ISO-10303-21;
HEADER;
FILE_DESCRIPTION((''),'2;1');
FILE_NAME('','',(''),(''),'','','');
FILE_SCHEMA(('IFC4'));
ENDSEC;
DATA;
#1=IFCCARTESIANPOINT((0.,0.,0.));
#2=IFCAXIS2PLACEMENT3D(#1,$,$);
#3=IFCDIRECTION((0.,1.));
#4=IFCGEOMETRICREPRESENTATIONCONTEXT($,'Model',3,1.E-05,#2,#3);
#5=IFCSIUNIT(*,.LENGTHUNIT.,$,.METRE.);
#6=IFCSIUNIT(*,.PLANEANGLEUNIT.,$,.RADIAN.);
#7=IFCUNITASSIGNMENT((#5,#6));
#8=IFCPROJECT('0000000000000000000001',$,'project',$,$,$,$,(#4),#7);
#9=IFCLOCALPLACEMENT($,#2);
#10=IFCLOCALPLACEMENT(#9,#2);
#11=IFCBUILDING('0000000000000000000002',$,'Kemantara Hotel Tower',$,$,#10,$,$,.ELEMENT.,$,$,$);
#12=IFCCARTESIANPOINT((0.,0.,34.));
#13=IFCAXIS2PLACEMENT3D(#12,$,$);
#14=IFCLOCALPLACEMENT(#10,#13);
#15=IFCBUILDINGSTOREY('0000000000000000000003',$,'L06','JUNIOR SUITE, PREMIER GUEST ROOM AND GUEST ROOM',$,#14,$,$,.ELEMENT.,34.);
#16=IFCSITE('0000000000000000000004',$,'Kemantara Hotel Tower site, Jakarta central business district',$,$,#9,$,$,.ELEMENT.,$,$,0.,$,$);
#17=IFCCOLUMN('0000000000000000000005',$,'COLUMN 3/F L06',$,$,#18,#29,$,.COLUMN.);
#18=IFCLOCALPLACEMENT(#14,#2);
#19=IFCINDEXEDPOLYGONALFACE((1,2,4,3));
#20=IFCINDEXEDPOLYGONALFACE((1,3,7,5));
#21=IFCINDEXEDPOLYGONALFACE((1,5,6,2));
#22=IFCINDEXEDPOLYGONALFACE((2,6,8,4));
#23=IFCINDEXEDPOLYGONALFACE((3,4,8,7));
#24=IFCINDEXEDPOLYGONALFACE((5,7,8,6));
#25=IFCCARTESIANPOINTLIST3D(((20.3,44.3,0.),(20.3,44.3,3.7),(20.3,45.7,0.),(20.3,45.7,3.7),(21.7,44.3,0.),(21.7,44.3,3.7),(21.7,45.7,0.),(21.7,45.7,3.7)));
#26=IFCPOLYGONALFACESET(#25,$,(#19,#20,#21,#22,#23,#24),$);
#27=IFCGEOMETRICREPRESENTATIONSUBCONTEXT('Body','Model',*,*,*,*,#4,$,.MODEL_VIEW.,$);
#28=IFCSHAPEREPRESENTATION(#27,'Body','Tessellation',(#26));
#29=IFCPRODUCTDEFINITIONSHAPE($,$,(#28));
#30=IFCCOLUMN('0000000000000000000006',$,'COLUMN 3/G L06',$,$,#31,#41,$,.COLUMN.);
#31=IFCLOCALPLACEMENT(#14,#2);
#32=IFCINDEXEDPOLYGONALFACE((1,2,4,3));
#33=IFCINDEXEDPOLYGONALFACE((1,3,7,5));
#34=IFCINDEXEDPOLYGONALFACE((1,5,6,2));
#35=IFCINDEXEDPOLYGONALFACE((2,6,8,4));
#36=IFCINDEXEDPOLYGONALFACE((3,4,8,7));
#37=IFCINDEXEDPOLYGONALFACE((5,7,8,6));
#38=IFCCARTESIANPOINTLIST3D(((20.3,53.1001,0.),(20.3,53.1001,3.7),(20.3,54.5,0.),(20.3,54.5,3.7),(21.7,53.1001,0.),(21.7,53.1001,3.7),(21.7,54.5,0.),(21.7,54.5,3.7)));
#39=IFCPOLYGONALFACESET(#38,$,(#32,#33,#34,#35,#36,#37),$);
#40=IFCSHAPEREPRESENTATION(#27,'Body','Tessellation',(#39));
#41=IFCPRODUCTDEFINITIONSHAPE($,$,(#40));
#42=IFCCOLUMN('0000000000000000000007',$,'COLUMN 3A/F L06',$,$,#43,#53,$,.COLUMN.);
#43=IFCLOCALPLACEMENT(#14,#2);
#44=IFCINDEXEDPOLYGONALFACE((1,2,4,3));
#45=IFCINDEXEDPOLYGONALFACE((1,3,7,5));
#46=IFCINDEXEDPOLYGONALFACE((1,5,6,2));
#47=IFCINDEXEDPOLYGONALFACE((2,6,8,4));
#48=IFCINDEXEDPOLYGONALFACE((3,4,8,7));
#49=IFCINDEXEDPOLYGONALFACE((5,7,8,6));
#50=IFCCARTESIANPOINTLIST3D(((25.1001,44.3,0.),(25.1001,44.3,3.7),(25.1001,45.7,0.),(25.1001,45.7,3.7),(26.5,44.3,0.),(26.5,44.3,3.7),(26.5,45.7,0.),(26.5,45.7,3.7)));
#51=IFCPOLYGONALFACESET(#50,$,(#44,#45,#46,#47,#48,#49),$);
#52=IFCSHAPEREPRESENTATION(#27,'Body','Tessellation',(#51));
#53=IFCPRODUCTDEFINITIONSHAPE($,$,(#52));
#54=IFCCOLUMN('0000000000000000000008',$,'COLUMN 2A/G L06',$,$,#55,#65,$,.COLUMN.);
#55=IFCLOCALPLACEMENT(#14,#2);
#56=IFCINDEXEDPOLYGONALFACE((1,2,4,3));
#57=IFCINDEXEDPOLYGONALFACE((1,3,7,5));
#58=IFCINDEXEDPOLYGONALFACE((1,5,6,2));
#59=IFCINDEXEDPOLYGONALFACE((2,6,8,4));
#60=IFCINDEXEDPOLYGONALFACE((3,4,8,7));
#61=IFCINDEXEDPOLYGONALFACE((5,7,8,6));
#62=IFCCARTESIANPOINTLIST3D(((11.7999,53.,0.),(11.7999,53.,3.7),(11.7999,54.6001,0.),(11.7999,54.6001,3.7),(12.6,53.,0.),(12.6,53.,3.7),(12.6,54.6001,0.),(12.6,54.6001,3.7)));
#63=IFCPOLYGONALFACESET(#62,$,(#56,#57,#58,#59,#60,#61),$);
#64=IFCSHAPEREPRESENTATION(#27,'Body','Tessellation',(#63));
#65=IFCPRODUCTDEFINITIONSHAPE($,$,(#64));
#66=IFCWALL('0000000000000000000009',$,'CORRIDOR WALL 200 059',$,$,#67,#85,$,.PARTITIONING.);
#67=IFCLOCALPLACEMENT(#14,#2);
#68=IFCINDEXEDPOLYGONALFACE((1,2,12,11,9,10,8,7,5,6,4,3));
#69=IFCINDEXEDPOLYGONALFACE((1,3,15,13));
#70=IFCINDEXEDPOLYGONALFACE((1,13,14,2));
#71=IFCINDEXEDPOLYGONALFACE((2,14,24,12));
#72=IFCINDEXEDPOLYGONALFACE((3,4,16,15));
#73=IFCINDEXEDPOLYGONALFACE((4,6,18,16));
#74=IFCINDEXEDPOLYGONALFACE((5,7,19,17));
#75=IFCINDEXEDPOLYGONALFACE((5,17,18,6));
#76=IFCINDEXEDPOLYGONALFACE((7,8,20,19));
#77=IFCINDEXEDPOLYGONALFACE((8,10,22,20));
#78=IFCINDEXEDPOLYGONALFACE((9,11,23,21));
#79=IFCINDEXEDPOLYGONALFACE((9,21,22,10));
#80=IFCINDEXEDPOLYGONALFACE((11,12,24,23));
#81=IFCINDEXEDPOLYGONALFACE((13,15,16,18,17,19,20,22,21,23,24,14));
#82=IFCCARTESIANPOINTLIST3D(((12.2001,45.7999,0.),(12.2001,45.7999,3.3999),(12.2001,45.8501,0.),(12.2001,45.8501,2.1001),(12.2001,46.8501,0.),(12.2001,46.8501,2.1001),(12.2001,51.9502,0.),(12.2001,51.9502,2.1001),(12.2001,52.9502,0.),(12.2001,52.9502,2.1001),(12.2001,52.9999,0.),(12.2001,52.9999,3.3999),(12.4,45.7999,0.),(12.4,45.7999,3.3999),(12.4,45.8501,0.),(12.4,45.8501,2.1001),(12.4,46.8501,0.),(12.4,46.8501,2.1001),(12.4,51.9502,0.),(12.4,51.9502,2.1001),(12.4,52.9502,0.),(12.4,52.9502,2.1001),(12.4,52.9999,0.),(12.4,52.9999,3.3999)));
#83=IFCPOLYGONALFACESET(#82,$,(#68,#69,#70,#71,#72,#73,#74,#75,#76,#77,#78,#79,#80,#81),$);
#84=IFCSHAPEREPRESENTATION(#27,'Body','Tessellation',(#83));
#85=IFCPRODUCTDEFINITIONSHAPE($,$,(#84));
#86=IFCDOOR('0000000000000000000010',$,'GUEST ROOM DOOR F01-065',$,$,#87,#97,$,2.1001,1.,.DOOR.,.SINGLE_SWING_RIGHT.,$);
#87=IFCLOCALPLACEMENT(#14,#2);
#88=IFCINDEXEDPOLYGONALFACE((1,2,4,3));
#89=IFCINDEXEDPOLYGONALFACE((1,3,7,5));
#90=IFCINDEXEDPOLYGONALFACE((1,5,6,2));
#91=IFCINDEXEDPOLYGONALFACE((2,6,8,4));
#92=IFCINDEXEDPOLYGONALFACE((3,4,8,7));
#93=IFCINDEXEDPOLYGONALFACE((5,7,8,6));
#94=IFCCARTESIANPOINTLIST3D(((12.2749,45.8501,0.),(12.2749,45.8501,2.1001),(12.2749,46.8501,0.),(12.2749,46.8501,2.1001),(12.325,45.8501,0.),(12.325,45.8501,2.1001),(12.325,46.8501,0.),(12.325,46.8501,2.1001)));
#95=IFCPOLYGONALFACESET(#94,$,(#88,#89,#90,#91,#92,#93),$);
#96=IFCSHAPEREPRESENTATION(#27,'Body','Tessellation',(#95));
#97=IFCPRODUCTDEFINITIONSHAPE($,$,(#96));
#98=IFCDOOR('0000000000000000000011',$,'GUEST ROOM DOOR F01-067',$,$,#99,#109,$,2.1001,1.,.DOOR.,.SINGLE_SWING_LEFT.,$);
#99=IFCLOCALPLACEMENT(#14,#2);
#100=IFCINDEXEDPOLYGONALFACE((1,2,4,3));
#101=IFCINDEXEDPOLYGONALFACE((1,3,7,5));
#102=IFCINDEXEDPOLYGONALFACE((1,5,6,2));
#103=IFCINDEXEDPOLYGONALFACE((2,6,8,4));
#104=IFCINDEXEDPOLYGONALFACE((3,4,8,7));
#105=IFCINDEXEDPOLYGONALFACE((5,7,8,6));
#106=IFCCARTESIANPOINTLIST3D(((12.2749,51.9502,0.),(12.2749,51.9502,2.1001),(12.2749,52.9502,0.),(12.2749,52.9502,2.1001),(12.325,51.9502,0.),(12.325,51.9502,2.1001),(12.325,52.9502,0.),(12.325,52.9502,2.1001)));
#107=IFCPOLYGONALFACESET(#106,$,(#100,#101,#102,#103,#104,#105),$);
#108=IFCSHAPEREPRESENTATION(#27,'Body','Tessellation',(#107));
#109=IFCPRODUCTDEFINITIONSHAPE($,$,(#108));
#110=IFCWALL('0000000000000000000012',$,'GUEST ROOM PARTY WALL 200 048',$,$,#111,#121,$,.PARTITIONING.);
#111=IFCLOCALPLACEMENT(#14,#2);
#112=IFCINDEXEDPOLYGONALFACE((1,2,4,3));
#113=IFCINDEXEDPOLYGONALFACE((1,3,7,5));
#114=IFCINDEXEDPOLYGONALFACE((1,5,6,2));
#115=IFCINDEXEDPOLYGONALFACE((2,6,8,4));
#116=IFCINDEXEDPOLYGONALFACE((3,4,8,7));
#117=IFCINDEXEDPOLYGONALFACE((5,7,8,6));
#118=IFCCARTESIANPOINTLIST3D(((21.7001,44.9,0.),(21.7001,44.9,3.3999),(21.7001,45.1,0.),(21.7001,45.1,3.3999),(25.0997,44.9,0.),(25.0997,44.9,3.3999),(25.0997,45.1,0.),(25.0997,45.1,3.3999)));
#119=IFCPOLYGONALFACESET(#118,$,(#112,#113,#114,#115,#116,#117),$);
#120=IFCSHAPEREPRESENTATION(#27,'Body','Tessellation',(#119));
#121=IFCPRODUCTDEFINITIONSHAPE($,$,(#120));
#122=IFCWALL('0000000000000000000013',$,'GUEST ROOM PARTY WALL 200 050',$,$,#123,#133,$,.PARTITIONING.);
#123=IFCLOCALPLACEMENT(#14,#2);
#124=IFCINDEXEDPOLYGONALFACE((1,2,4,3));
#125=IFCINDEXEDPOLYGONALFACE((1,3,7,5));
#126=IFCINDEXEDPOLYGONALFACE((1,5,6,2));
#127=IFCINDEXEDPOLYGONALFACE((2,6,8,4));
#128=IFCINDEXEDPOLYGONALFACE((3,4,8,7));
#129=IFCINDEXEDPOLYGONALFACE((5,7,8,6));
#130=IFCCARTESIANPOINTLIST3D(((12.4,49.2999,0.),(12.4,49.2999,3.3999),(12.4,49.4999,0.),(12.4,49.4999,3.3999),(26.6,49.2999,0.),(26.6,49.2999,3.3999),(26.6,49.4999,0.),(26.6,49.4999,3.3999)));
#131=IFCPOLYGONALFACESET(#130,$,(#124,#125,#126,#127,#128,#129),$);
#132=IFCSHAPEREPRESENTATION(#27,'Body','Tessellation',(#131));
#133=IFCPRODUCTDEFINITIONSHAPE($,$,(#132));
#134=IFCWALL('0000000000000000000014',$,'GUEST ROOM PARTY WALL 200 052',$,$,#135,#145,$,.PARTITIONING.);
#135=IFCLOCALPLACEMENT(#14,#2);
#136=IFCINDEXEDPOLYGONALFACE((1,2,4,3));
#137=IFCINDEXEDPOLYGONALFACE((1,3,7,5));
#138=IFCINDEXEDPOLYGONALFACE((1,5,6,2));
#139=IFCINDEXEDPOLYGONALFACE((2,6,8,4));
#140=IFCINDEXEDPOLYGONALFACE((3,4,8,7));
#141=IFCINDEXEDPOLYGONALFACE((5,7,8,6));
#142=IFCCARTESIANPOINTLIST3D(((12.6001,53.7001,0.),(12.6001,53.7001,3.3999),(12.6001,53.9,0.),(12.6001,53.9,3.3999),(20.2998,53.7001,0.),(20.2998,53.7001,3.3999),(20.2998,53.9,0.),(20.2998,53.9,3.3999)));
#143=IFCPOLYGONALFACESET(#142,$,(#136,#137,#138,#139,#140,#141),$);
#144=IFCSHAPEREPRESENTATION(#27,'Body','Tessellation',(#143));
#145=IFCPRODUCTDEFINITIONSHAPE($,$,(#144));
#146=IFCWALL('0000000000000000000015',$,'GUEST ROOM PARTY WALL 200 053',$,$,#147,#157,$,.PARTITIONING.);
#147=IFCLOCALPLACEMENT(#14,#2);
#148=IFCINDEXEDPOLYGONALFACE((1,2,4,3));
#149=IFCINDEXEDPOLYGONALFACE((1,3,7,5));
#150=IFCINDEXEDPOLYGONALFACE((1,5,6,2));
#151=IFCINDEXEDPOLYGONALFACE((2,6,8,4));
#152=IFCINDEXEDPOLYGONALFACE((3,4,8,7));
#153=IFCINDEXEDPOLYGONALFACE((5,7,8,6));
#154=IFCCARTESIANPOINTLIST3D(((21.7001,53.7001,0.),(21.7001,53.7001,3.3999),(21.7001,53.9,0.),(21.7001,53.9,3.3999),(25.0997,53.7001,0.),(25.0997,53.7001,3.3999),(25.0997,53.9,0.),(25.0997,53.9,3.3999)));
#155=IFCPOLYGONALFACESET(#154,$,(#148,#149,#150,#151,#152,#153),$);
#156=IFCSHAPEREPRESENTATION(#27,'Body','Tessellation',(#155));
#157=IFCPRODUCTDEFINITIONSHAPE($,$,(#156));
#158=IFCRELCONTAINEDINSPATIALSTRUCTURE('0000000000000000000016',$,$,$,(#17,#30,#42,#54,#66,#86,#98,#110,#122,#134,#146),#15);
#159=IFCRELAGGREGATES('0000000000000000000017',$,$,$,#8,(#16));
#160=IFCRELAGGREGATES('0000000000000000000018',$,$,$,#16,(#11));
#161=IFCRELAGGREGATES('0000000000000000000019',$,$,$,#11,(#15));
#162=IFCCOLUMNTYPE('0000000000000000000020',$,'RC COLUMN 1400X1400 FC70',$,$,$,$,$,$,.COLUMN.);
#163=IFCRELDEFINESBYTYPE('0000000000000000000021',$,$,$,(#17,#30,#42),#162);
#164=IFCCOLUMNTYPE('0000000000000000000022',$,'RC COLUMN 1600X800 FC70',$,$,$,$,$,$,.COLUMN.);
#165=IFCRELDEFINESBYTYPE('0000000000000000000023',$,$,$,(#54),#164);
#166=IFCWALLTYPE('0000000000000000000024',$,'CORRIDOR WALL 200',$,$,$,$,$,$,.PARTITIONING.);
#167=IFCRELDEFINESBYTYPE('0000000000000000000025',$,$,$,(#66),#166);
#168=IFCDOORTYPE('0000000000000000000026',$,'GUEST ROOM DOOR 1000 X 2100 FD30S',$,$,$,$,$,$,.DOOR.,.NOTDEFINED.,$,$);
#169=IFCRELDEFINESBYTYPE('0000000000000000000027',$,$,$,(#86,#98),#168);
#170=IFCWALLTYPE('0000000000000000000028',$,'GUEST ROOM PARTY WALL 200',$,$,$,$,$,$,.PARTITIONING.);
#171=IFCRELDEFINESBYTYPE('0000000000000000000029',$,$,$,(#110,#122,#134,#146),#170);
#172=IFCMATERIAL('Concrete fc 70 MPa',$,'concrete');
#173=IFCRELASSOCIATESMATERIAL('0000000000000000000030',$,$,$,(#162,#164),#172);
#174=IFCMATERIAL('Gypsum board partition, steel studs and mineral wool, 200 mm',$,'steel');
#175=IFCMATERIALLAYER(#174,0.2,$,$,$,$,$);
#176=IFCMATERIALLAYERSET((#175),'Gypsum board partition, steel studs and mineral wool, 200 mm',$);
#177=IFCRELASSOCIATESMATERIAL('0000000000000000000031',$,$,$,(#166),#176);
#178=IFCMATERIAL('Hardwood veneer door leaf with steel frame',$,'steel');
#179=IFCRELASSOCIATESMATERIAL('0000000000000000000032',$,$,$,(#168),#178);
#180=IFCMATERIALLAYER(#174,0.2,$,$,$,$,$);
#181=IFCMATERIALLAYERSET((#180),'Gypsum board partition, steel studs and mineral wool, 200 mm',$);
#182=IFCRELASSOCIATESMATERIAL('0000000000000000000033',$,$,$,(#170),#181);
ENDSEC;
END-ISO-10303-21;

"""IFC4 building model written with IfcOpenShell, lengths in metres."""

from ifc_helpers import new_model, si_unit, direction, frame, frame_2d, origin, origin_2d, place, context, subcontext, project, spatial, rectangle, extrude, material, layer, layer_set, material_profile, profile_set, type_object, element, fill, save


model = new_model("IFC4")

# Units and contexts
model_context = context("Model", 3, precision=1e-05, world=origin(), true_north=direction((0.0, 1.0)))
body_context = subcontext(model_context, "Body", "Model", "MODEL_VIEW")
ifc_project = project(units=[si_unit("LENGTHUNIT", "METRE"), si_unit("PLANEANGLEUNIT", "RADIAN")], contexts=[model_context])

# Site, building, storey
site_placement = place(None, origin())
site = spatial("IfcSite", under=ifc_project, at=site_placement, Name="Kemantara Hotel Tower site, Jakarta central business district", CompositionType="ELEMENT", RefElevation=0.0)
building_placement = place(site_placement, origin())
building = spatial("IfcBuilding", under=site, at=building_placement, Name="Kemantara Hotel Tower", CompositionType="ELEMENT")
storey_placement = place(building_placement, frame((0.0, 0.0, 34.0)))
storey = spatial("IfcBuildingStorey", under=building, at=storey_placement, Name="L06", Description="JUNIOR SUITE, PREMIER GUEST ROOM AND GUEST ROOM", CompositionType="ELEMENT", Elevation=34.0)

# Columns
ifc_material_1 = material(Name="Concrete fc 70 MPa", Category="concrete")
ifc_material_profile_1 = material_profile(ifc_material_1, rectangle(XDim=1.3999, YDim=1.3999, at=origin_2d()), Name="RC 1400X1400")
ifc_profile_set_1 = profile_set([ifc_material_profile_1], Name="Concrete fc 70 MPa")
column_type_1 = type_object("IfcColumnType", Name="RC COLUMN 1400X1400 FC70", PredefinedType="COLUMN", material=ifc_profile_set_1)
for number, where, z_axis, x_axis, name in (
    (1, (21.0, 45.0, 0.0), (0.0, 0.0, 1.0), (1.0, 0.0, 0.0), "COLUMN 3/F L06"),
    (2, (21.0, 53.8, 0.0), (0.0, 0.0, 1.0), (1.0, 0.0, 0.0), "COLUMN 3/G L06"),
    (3, (25.8, 45.0, 0.0), (0.0, 0.0, 1.0), (1.0, 0.0, 0.0), "COLUMN 3A/F L06"),
):
    element("IfcColumn", number, at=place(storey_placement, frame(where, z_axis=z_axis, x_axis=x_axis)), inside=storey, type_object=column_type_1, Name=name, PredefinedType="COLUMN", context=body_context, shape_type="SweptSolid", body=[
        extrude(rectangle(XDim=1.3999, YDim=1.3999, at=origin_2d()), origin(), (0.0, 0.0, 1.0), 3.7),
    ])
ifc_material_profile_2 = material_profile(ifc_material_1, rectangle(XDim=1.6001, YDim=0.8, at=origin_2d()), Name="RC 1600X800")
ifc_profile_set_2 = profile_set([ifc_material_profile_2], Name="Concrete fc 70 MPa")
column_type_2 = type_object("IfcColumnType", Name="RC COLUMN 1600X800 FC70", PredefinedType="COLUMN", material=ifc_profile_set_2)
column_placement = place(storey_placement, frame((12.2, 53.8, 0.0), z_axis=(0.0, 0.0, 1.0), x_axis=(0.0, 1.0, 0.0)))
element("IfcColumn", 4, at=column_placement, inside=storey, type_object=column_type_2, Name="COLUMN 2A/G L06", PredefinedType="COLUMN", context=body_context, shape_type="SweptSolid", body=[
    extrude(rectangle(XDim=1.6001, YDim=0.8, at=origin_2d()), origin(), (0.0, 0.0, 1.0), 3.7),
])

# Wall, openings, doors
ifc_material_2 = material(Name="Gypsum board partition, steel studs and mineral wool, 200 mm", Category="steel")
ifc_layer_1 = layer(ifc_material_2, 0.2)
ifc_layer_set_1 = layer_set([ifc_layer_1], Name="Gypsum board partition, steel studs and mineral wool, 200 mm")
wall_type_1 = type_object("IfcWallType", Name="CORRIDOR WALL 200", PredefinedType="PARTITIONING", material=ifc_layer_set_1)
wall_1_placement = place(storey_placement, frame((12.3, 53.0, 0.0), z_axis=(0.0, 0.0, 1.0), x_axis=(0.0, -1.0, 0.0)))
wall_1 = element("IfcWall", 5, at=wall_1_placement, inside=storey, type_object=wall_type_1, Name="CORRIDOR WALL 200 059", PredefinedType="PARTITIONING", context=body_context, shape_type="SweptSolid", body=[
    extrude(rectangle(XDim=7.2, YDim=0.2, at=frame_2d((3.6001, 0.0))), origin(), (0.0, 0.0, 1.0), 3.3999),
])
opening_1_placement = place(wall_1_placement, frame((6.1499, 0.0, 0.0)))
opening_1 = element("IfcOpeningElement", 6, at=opening_1_placement, cuts=wall_1, PredefinedType="OPENING", context=body_context, shape_type="SweptSolid", body=[
    extrude(rectangle(XDim=1.0, YDim=2.1001, at=frame_2d((0.5, 1.05))), frame((0.0, 0.1099, 0.0), z_axis=(0.0, -1.0, 0.0), x_axis=(1.0, 0.0, 0.0)), (0.0, 0.0, 1.0), 0.22),
])
opening_2_placement = place(wall_1_placement, frame((0.0498, 0.0, 0.0)))
opening_2 = element("IfcOpeningElement", 7, at=opening_2_placement, cuts=wall_1, PredefinedType="OPENING", context=body_context, shape_type="SweptSolid", body=[
    extrude(rectangle(XDim=1.0, YDim=2.1001, at=frame_2d((0.5, 1.05))), frame((0.0, 0.1099, 0.0), z_axis=(0.0, -1.0, 0.0), x_axis=(1.0, 0.0, 0.0)), (0.0, 0.0, 1.0), 0.22),
])
ifc_material_3 = material(Name="Hardwood veneer door leaf with steel frame", Category="steel")
door_type_1 = type_object("IfcDoorType", Name="GUEST ROOM DOOR 1000 X 2100 FD30S", OperationType="NOTDEFINED", PredefinedType="DOOR", material=ifc_material_3)
door_1_placement = place(opening_1_placement, origin())
door_1 = element("IfcDoor", 8, at=door_1_placement, inside=storey, type_object=door_type_1, Name="GUEST ROOM DOOR F01-065", OperationType="SINGLE_SWING_RIGHT", OverallHeight=2.1001, OverallWidth=1.0, PredefinedType="DOOR", context=body_context, shape_type="SweptSolid", body=[
    extrude(rectangle(XDim=1.0, YDim=2.1001, at=frame_2d((0.5, 1.05))), frame((0.0, 0.0249, 0.0), z_axis=(0.0, -1.0, 0.0), x_axis=(1.0, 0.0, 0.0)), (0.0, 0.0, 1.0), 0.05),
])
fill(opening_1, door_1)
door_2_placement = place(opening_2_placement, origin())
door_2 = element("IfcDoor", 9, at=door_2_placement, inside=storey, type_object=door_type_1, Name="GUEST ROOM DOOR F01-067", OperationType="SINGLE_SWING_LEFT", OverallHeight=2.1001, OverallWidth=1.0, PredefinedType="DOOR", context=body_context, shape_type="SweptSolid", body=[
    extrude(rectangle(XDim=1.0, YDim=2.1001, at=frame_2d((0.5, 1.05))), frame((0.0, 0.0249, 0.0), z_axis=(0.0, -1.0, 0.0), x_axis=(1.0, 0.0, 0.0)), (0.0, 0.0, 1.0), 0.05),
])
fill(opening_2, door_2)

# Walls
ifc_layer_2 = layer(ifc_material_2, 0.2)
ifc_layer_set_2 = layer_set([ifc_layer_2], Name="Gypsum board partition, steel studs and mineral wool, 200 mm")
wall_type_2 = type_object("IfcWallType", Name="GUEST ROOM PARTY WALL 200", PredefinedType="PARTITIONING", material=ifc_layer_set_2)
wall_2_placement = place(storey_placement, frame((21.7002, 45.0, 0.0), z_axis=(0.0, 0.0, 1.0), x_axis=(1.0, 0.0, 0.0)))
element("IfcWall", 10, at=wall_2_placement, inside=storey, type_object=wall_type_2, Name="GUEST ROOM PARTY WALL 200 048", PredefinedType="PARTITIONING", context=body_context, shape_type="SweptSolid", body=[
    extrude(rectangle(XDim=3.3997, YDim=0.2, at=frame_2d((1.6997, 0.0))), origin(), (0.0, 0.0, 1.0), 3.3999),
])
wall_3_placement = place(storey_placement, frame((12.3999, 49.3999, 0.0), z_axis=(0.0, 0.0, 1.0), x_axis=(1.0, 0.0, 0.0)))
element("IfcWall", 11, at=wall_3_placement, inside=storey, type_object=wall_type_2, Name="GUEST ROOM PARTY WALL 200 050", PredefinedType="PARTITIONING", context=body_context, shape_type="SweptSolid", body=[
    extrude(rectangle(XDim=14.2, YDim=0.2, at=frame_2d((7.1001, 0.0))), origin(), (0.0, 0.0, 1.0), 3.3999),
])
wall_4_placement = place(storey_placement, frame((12.6001, 53.8, 0.0), z_axis=(0.0, 0.0, 1.0), x_axis=(1.0, 0.0, 0.0)))
element("IfcWall", 12, at=wall_4_placement, inside=storey, type_object=wall_type_2, Name="GUEST ROOM PARTY WALL 200 052", PredefinedType="PARTITIONING", context=body_context, shape_type="SweptSolid", body=[
    extrude(rectangle(XDim=7.6997, YDim=0.2, at=frame_2d((3.8499, 0.0))), origin(), (0.0, 0.0, 1.0), 3.3999),
])
wall_5_placement = place(storey_placement, frame((21.7002, 53.8, 0.0), z_axis=(0.0, 0.0, 1.0), x_axis=(1.0, 0.0, 0.0)))
element("IfcWall", 13, at=wall_5_placement, inside=storey, type_object=wall_type_2, Name="GUEST ROOM PARTY WALL 200 053", PredefinedType="PARTITIONING", context=body_context, shape_type="SweptSolid", body=[
    extrude(rectangle(XDim=3.3997, YDim=0.2, at=frame_2d((1.6997, 0.0))), origin(), (0.0, 0.0, 1.0), 3.3999),
])

save(model, "model.ifc")
